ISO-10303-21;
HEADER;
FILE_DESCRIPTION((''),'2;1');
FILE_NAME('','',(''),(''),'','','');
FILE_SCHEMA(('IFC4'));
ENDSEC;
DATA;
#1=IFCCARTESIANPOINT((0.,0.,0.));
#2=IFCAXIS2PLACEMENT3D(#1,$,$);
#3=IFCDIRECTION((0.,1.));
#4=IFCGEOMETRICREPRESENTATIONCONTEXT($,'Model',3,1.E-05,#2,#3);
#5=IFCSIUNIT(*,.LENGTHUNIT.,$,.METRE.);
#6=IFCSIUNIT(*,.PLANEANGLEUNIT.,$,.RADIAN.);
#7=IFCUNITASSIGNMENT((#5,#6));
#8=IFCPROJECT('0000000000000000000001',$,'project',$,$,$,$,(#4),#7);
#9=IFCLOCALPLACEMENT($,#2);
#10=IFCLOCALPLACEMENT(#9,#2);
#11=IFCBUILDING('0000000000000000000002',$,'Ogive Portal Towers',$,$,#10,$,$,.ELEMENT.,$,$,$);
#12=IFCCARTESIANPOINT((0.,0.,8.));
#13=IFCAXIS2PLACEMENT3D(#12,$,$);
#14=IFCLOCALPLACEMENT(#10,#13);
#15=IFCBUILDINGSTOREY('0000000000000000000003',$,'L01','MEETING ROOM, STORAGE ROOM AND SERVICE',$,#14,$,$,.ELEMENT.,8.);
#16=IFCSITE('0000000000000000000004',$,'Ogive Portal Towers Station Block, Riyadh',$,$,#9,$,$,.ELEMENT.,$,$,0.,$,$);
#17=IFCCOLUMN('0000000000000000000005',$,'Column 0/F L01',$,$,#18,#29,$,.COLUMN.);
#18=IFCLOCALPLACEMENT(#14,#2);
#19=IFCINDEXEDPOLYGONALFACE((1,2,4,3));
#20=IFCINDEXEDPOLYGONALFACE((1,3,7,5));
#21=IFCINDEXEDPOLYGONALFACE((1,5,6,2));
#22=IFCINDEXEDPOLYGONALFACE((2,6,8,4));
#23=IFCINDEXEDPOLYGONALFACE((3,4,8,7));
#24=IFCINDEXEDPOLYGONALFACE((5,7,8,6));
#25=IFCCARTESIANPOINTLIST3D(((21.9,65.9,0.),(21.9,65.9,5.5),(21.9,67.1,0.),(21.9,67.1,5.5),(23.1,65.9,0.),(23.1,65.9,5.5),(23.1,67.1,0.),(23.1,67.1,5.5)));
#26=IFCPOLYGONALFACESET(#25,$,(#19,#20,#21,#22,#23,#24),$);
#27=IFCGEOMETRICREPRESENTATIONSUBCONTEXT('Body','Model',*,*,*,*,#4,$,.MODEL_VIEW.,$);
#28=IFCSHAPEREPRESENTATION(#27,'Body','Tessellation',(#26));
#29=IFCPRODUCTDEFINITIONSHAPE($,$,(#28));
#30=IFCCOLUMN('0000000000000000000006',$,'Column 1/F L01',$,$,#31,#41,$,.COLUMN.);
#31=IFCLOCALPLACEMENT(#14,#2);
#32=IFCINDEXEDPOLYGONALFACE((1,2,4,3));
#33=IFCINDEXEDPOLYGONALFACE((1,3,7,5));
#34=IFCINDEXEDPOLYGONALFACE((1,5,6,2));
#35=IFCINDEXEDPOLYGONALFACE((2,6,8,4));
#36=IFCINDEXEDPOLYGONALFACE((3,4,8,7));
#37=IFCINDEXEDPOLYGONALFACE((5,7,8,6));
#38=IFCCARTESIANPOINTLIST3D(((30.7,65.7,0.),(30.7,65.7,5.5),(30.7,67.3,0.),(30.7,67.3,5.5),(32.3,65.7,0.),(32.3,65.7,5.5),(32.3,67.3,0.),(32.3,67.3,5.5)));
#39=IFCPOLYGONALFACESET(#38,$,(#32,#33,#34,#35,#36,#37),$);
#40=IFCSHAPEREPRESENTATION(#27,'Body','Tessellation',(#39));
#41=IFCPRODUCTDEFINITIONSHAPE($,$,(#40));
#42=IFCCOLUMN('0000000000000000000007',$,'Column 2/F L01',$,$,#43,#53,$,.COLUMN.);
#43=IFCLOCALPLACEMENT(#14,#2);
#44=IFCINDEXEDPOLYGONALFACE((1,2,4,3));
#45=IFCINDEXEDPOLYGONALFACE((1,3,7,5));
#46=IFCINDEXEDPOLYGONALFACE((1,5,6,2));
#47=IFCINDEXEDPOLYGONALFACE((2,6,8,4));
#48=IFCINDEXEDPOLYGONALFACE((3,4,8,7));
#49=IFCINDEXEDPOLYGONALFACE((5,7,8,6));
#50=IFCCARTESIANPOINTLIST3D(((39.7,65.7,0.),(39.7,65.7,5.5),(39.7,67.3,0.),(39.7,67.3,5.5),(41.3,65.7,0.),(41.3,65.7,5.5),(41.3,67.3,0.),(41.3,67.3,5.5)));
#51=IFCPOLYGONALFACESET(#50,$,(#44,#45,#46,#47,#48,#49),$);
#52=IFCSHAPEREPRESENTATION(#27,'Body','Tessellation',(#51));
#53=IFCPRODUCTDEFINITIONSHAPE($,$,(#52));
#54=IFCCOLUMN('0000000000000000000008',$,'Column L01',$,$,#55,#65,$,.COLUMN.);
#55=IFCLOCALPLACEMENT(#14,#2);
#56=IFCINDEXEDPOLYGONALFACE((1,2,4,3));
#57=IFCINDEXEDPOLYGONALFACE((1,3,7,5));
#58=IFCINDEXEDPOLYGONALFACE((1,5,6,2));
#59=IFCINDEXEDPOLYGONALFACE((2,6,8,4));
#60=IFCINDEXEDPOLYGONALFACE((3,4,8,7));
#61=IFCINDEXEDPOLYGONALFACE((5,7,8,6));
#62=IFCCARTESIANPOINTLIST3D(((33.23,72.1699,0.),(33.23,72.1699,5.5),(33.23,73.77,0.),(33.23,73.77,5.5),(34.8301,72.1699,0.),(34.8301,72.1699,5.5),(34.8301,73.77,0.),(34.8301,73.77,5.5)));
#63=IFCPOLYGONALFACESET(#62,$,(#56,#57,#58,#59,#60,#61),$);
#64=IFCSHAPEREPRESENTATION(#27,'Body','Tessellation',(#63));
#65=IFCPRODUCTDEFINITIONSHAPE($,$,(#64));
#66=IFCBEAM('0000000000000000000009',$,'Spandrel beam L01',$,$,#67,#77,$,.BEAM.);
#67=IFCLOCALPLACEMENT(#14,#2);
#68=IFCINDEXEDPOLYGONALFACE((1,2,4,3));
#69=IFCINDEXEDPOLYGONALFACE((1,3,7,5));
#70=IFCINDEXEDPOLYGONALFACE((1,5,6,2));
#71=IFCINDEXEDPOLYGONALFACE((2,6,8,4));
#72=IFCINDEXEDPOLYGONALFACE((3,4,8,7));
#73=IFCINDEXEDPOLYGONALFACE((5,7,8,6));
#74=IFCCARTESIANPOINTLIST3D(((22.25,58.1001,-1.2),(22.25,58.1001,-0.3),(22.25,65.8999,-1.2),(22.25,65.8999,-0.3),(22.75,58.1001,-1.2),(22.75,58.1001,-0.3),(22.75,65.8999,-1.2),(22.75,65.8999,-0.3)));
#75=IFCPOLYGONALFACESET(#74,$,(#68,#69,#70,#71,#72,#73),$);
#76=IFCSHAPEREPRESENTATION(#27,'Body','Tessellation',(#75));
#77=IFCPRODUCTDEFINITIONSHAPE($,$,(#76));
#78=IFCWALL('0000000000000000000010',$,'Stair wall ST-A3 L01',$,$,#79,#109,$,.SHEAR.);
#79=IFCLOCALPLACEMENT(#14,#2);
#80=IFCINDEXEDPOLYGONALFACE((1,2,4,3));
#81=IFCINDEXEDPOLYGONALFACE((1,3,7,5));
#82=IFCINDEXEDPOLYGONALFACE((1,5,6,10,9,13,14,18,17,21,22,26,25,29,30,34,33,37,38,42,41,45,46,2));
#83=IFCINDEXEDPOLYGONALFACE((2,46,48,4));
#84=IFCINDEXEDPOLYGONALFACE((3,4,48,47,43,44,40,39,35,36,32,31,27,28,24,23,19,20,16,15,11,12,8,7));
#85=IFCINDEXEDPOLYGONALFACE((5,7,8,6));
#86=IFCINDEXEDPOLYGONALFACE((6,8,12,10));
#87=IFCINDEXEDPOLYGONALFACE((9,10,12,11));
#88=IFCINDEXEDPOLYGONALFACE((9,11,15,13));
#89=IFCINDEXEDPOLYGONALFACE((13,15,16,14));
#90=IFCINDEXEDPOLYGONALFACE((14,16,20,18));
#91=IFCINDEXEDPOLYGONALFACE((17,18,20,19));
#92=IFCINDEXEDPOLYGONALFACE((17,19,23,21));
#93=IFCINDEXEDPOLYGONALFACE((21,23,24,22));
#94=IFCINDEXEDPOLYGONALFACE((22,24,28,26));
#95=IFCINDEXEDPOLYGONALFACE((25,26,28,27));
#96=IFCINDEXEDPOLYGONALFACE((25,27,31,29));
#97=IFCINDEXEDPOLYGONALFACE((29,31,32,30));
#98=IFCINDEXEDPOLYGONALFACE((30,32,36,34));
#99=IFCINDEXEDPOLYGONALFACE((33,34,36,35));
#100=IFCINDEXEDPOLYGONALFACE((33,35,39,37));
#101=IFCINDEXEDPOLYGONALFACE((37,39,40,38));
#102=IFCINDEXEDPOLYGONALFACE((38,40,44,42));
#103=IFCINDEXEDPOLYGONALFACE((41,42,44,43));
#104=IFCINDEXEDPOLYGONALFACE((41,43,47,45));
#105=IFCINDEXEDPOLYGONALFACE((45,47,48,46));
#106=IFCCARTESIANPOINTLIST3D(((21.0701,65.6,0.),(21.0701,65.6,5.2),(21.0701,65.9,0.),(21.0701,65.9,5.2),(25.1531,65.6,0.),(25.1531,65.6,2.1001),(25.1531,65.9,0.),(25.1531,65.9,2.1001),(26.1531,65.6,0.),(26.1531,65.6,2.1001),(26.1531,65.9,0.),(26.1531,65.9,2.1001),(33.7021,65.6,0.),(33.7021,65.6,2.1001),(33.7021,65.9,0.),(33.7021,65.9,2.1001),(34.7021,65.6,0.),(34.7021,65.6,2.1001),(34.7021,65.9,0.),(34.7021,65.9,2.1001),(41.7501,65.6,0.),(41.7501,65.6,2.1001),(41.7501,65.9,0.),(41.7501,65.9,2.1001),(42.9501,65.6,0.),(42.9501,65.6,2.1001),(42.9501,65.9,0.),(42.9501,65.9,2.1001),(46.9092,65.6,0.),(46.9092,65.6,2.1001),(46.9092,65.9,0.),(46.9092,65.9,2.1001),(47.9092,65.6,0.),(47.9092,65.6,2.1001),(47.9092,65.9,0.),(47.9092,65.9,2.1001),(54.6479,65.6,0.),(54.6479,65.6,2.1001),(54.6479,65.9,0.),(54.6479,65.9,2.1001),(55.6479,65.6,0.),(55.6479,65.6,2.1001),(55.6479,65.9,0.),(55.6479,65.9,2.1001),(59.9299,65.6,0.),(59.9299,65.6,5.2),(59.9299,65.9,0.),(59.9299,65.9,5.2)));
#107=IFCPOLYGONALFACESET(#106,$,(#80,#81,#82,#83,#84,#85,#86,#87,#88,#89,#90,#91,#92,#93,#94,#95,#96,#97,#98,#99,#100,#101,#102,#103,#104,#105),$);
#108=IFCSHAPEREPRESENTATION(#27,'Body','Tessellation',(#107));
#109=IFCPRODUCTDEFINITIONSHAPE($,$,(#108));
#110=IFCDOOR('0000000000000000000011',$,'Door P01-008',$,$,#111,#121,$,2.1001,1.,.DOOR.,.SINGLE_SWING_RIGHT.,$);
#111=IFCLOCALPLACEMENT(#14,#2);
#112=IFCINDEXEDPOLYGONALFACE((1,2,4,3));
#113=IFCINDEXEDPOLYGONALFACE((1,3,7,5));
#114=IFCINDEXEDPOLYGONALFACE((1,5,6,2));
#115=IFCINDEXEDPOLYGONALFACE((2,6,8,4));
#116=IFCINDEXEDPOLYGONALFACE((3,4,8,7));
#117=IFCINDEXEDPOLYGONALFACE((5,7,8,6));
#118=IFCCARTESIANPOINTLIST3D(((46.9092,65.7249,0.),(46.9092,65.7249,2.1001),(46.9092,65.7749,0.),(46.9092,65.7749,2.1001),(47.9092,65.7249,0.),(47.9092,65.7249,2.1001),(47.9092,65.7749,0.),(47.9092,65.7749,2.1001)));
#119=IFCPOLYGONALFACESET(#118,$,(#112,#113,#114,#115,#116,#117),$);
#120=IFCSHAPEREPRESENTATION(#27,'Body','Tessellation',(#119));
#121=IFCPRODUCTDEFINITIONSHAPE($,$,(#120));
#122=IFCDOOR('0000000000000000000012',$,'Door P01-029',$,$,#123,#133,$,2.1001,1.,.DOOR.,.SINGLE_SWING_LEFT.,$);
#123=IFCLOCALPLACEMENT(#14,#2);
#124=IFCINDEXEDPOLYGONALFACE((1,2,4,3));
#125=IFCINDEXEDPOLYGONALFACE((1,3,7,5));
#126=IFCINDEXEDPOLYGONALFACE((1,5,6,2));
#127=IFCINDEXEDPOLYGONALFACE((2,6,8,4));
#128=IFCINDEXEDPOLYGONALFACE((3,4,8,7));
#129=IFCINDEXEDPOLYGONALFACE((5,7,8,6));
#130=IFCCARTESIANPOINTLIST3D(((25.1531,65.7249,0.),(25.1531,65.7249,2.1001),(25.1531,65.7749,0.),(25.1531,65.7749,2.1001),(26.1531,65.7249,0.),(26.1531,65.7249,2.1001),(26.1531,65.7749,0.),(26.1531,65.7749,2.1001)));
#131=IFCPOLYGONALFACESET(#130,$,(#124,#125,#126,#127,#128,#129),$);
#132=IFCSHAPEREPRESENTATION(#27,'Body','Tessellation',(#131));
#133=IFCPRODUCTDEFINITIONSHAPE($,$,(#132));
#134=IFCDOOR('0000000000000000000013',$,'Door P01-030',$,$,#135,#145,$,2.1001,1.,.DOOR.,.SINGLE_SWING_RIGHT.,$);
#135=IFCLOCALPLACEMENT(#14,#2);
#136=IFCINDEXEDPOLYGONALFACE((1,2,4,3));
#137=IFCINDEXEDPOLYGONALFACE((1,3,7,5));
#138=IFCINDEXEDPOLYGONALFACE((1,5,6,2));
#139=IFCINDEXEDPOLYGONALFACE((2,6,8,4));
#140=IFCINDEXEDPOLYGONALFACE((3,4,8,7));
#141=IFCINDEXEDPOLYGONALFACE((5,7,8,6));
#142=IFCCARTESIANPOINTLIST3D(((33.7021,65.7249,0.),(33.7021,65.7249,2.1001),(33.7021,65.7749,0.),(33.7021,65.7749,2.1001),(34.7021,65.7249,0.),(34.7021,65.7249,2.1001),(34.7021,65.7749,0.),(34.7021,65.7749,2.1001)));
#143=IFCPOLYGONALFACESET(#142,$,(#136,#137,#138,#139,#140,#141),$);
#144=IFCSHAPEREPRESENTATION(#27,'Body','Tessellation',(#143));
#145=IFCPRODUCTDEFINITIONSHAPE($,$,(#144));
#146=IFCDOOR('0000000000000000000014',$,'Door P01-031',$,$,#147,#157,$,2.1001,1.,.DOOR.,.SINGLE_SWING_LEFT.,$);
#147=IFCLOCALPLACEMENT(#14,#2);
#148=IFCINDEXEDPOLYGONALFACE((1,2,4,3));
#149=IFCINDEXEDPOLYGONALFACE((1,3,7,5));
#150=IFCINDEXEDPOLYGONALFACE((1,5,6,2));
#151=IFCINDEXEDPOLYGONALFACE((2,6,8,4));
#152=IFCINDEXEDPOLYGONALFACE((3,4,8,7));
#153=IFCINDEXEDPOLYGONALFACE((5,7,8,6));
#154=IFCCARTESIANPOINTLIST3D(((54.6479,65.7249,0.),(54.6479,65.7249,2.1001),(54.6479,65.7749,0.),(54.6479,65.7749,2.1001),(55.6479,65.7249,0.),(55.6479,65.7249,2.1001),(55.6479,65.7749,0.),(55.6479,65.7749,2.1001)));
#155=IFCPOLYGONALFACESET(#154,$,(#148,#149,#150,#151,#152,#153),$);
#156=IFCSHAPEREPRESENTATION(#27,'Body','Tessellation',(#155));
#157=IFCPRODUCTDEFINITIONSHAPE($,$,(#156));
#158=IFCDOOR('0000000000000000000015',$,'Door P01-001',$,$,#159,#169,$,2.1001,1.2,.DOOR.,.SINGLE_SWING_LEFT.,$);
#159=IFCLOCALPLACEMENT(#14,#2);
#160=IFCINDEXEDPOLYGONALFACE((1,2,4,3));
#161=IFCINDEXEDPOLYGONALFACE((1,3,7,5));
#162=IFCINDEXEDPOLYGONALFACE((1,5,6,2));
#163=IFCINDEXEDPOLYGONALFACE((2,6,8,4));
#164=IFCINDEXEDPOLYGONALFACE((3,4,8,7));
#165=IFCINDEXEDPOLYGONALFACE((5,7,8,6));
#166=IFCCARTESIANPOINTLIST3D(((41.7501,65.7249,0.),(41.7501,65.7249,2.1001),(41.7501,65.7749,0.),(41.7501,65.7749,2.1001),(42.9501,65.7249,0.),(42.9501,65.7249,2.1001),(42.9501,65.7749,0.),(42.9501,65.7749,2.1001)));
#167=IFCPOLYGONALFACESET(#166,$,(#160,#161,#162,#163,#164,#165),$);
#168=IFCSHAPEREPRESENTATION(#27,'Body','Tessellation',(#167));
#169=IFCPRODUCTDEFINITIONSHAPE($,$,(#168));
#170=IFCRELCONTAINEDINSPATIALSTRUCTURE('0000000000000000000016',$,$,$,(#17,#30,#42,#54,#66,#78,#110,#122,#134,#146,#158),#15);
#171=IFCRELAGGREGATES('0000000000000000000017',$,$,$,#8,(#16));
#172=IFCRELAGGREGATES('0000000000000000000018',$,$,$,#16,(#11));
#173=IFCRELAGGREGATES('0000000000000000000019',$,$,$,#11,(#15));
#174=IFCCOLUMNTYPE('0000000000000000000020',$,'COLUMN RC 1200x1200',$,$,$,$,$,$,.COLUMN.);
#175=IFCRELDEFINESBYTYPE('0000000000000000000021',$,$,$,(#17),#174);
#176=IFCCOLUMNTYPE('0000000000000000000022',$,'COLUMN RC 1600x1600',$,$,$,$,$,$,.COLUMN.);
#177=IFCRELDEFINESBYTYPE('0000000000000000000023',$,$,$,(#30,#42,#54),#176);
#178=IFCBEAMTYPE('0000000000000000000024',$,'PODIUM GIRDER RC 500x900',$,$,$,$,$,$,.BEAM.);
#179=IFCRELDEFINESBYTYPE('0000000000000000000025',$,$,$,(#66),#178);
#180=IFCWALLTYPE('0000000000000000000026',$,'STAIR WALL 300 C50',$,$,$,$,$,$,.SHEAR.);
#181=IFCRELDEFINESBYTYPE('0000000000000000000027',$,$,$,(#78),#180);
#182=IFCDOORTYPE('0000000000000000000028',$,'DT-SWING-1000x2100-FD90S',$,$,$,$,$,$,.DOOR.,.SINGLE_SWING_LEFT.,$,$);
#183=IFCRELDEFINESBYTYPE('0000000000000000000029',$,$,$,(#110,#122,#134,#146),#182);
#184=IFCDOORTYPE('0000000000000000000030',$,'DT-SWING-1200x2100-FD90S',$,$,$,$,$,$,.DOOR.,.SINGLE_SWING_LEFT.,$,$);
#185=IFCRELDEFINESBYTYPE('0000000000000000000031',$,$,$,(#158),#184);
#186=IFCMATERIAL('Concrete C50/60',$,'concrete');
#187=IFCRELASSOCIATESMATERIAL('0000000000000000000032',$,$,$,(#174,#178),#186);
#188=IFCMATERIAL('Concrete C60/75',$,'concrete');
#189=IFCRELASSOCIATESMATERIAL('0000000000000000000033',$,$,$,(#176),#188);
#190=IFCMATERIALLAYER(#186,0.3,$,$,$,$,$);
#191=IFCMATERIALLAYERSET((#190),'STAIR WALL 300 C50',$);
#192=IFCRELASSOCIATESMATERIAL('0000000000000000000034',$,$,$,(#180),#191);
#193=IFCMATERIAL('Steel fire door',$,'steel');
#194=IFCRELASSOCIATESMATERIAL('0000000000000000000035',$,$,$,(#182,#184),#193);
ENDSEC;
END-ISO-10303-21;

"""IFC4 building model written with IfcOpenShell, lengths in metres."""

from ifc_helpers import new_model, si_unit, direction, frame, frame_2d, origin, origin_2d, place, context, subcontext, project, spatial, rectangle, extrude, material, layer, layer_set, material_profile, profile_set, type_object, element, fill, save


model = new_model("IFC4")

# Units and contexts
model_context = context("Model", 3, precision=1e-05, world=origin(), true_north=direction((0.0, 1.0)))
body_context = subcontext(model_context, "Body", "Model", "MODEL_VIEW")
ifc_project = project(units=[si_unit("LENGTHUNIT", "METRE"), si_unit("PLANEANGLEUNIT", "RADIAN")], contexts=[model_context])

# Site, building, storey
site_placement = place(None, origin())
site = spatial("IfcSite", under=ifc_project, at=site_placement, Name="Ogive Portal Towers Station Block, Riyadh", CompositionType="ELEMENT", RefElevation=0.0)
building_placement = place(site_placement, origin())
building = spatial("IfcBuilding", under=site, at=building_placement, Name="Ogive Portal Towers", CompositionType="ELEMENT")
storey_placement = place(building_placement, frame((0.0, 0.0, 8.0)))
storey = spatial("IfcBuildingStorey", under=building, at=storey_placement, Name="L01", Description="MEETING ROOM, STORAGE ROOM AND SERVICE", CompositionType="ELEMENT", Elevation=8.0)

# Columns
ifc_material_1 = material(Name="Concrete C50/60", Category="concrete")
ifc_material_profile_1 = material_profile(ifc_material_1, rectangle(XDim=1.2, YDim=1.2, at=origin_2d()), Name="RC 1200x1200")
ifc_profile_set_1 = profile_set([ifc_material_profile_1], Name="Concrete C50/60")
column_type_1 = type_object("IfcColumnType", Name="COLUMN RC 1200x1200", PredefinedType="COLUMN", material=ifc_profile_set_1)
column_placement = place(storey_placement, frame((22.5, 66.5, 0.0), z_axis=(0.0, 0.0, 1.0), x_axis=(1.0, 0.0, 0.0)))
element("IfcColumn", 1, at=column_placement, inside=storey, type_object=column_type_1, Name="Column 0/F L01", PredefinedType="COLUMN", context=body_context, shape_type="SweptSolid", body=[
    extrude(rectangle(XDim=1.2, YDim=1.2, at=origin_2d()), origin(), (0.0, 0.0, 1.0), 5.5),
])
ifc_material_2 = material(Name="Concrete C60/75", Category="concrete")
ifc_material_profile_2 = material_profile(ifc_material_2, rectangle(XDim=1.6001, YDim=1.6001, at=origin_2d()), Name="RC 1600x1600")
ifc_profile_set_2 = profile_set([ifc_material_profile_2], Name="Concrete C60/75")
column_type_2 = type_object("IfcColumnType", Name="COLUMN RC 1600x1600", PredefinedType="COLUMN", material=ifc_profile_set_2)
for number, where, z_axis, x_axis, name in (
    (2, (31.5, 66.5, 0.0), (0.0, 0.0, 1.0), (1.0, 0.0, 0.0), "Column 1/F L01"),
    (3, (40.5, 66.5, 0.0), (0.0, 0.0, 1.0), (1.0, 0.0, 0.0), "Column 2/F L01"),
    (4, (34.03, 72.97, 0.0), (0.0, 0.0, 1.0), (1.0, 0.0, 0.0), "Column L01"),
):
    element("IfcColumn", number, at=place(storey_placement, frame(where, z_axis=z_axis, x_axis=x_axis)), inside=storey, type_object=column_type_2, Name=name, PredefinedType="COLUMN", context=body_context, shape_type="SweptSolid", body=[
        extrude(rectangle(XDim=1.6001, YDim=1.6001, at=origin_2d()), origin(), (0.0, 0.0, 1.0), 5.5),
    ])

# Beam
ifc_material_profile_3 = material_profile(ifc_material_1, rectangle(XDim=0.5, YDim=0.8999, at=origin_2d()), Name="RC 500x900")
ifc_profile_set_3 = profile_set([ifc_material_profile_3], Name="Concrete C50/60")
beam_type = type_object("IfcBeamType", Name="PODIUM GIRDER RC 500x900", PredefinedType="BEAM", material=ifc_profile_set_3)
beam_placement = place(storey_placement, frame((22.5, 65.8999, -0.75), z_axis=(0.0, -1.0, 0.0), x_axis=(1.0, 0.0, 0.0)))
element("IfcBeam", 5, at=beam_placement, inside=storey, type_object=beam_type, Name="Spandrel beam L01", PredefinedType="BEAM", context=body_context, shape_type="SweptSolid", body=[
    extrude(rectangle(XDim=0.5, YDim=0.8999, at=origin_2d()), origin(), (0.0, 0.0, 1.0), 7.7998),
])

# Wall, openings, doors
ifc_layer_1 = layer(ifc_material_1, 0.3)
ifc_layer_set_1 = layer_set([ifc_layer_1], Name="STAIR WALL 300 C50")
wall_type_1 = type_object("IfcWallType", Name="STAIR WALL 300 C50", PredefinedType="SHEAR", material=ifc_layer_set_1)
wall_1_placement = place(storey_placement, frame((21.0701, 65.75, 0.0), z_axis=(0.0, 0.0, 1.0), x_axis=(1.0, 0.0, 0.0)))
wall_1 = element("IfcWall", 6, at=wall_1_placement, inside=storey, type_object=wall_type_1, Name="Stair wall ST-A3 L01", PredefinedType="SHEAR", context=body_context, shape_type="SweptSolid", body=[
    extrude(rectangle(XDim=38.8599, YDim=0.3, at=frame_2d((19.4299, 0.0))), origin(), (0.0, 0.0, 1.0), 5.2),
])
opening_1_placement = place(wall_1_placement, frame((20.6799, 0.0, 0.0)))
opening_1 = element("IfcOpeningElement", 7, at=opening_1_placement, cuts=wall_1, PredefinedType="OPENING", context=body_context, shape_type="SweptSolid", body=[
    extrude(rectangle(XDim=1.2, YDim=2.1001, at=frame_2d((0.6001, 1.05))), frame((0.0, 0.1602, 0.0), z_axis=(0.0, -1.0, 0.0), x_axis=(1.0, 0.0, 0.0)), (0.0, 0.0, 1.0), 0.3201),
])
opening_2_placement = place(wall_1_placement, frame((25.8391, 0.0, 0.0)))
opening_2 = element("IfcOpeningElement", 8, at=opening_2_placement, cuts=wall_1, PredefinedType="OPENING", context=body_context, shape_type="SweptSolid", body=[
    extrude(rectangle(XDim=1.0, YDim=2.1001, at=frame_2d((0.5, 1.05))), frame((0.0, 0.1602, 0.0), z_axis=(0.0, -1.0, 0.0), x_axis=(1.0, 0.0, 0.0)), (0.0, 0.0, 1.0), 0.3201),
])
opening_3_placement = place(wall_1_placement, frame((4.083, 0.0, 0.0)))
opening_3 = element("IfcOpeningElement", 9, at=opening_3_placement, cuts=wall_1, PredefinedType="OPENING", context=body_context, shape_type="SweptSolid", body=[
    extrude(rectangle(XDim=1.0, YDim=2.1001, at=frame_2d((0.5, 1.05))), frame((0.0, 0.1602, 0.0), z_axis=(0.0, -1.0, 0.0), x_axis=(1.0, 0.0, 0.0)), (0.0, 0.0, 1.0), 0.3201),
])
opening_4_placement = place(wall_1_placement, frame((12.6321, 0.0, 0.0)))
opening_4 = element("IfcOpeningElement", 10, at=opening_4_placement, cuts=wall_1, PredefinedType="OPENING", context=body_context, shape_type="SweptSolid", body=[
    extrude(rectangle(XDim=1.0, YDim=2.1001, at=frame_2d((0.5, 1.05))), frame((0.0, 0.1602, 0.0), z_axis=(0.0, -1.0, 0.0), x_axis=(1.0, 0.0, 0.0)), (0.0, 0.0, 1.0), 0.3201),
])
opening_5_placement = place(wall_1_placement, frame((33.5779, 0.0, 0.0)))
opening_5 = element("IfcOpeningElement", 11, at=opening_5_placement, cuts=wall_1, PredefinedType="OPENING", context=body_context, shape_type="SweptSolid", body=[
    extrude(rectangle(XDim=1.0, YDim=2.1001, at=frame_2d((0.5, 1.05))), frame((0.0, 0.1602, 0.0), z_axis=(0.0, -1.0, 0.0), x_axis=(1.0, 0.0, 0.0)), (0.0, 0.0, 1.0), 0.3201),
])
ifc_material_3 = material(Name="Steel fire door", Category="steel")
door_type_1 = type_object("IfcDoorType", Name="DT-SWING-1000x2100-FD90S", OperationType="SINGLE_SWING_LEFT", PredefinedType="DOOR", material=ifc_material_3)
door_1_placement = place(opening_2_placement, origin())
door_1 = element("IfcDoor", 12, at=door_1_placement, inside=storey, type_object=door_type_1, Name="Door P01-008", OperationType="SINGLE_SWING_RIGHT", OverallHeight=2.1001, OverallWidth=1.0, PredefinedType="DOOR", context=body_context, shape_type="SweptSolid", body=[
    extrude(rectangle(XDim=1.0, YDim=2.1001, at=frame_2d((0.5, 1.05))), frame((0.0, 0.0249, 0.0), z_axis=(0.0, -1.0, 0.0), x_axis=(1.0, 0.0, 0.0)), (0.0, 0.0, 1.0), 0.05),
])
fill(opening_2, door_1)
door_2_placement = place(opening_3_placement, origin())
door_2 = element("IfcDoor", 13, at=door_2_placement, inside=storey, type_object=door_type_1, Name="Door P01-029", OperationType="SINGLE_SWING_LEFT", OverallHeight=2.1001, OverallWidth=1.0, PredefinedType="DOOR", context=body_context, shape_type="SweptSolid", body=[
    extrude(rectangle(XDim=1.0, YDim=2.1001, at=frame_2d((0.5, 1.05))), frame((0.0, 0.0249, 0.0), z_axis=(0.0, -1.0, 0.0), x_axis=(1.0, 0.0, 0.0)), (0.0, 0.0, 1.0), 0.05),
])
fill(opening_3, door_2)
door_3_placement = place(opening_4_placement, origin())
door_3 = element("IfcDoor", 14, at=door_3_placement, inside=storey, type_object=door_type_1, Name="Door P01-030", OperationType="SINGLE_SWING_RIGHT", OverallHeight=2.1001, OverallWidth=1.0, PredefinedType="DOOR", context=body_context, shape_type="SweptSolid", body=[
    extrude(rectangle(XDim=1.0, YDim=2.1001, at=frame_2d((0.5, 1.05))), frame((0.0, 0.0249, 0.0), z_axis=(0.0, -1.0, 0.0), x_axis=(1.0, 0.0, 0.0)), (0.0, 0.0, 1.0), 0.05),
])
fill(opening_4, door_3)
door_4_placement = place(opening_5_placement, origin())
door_4 = element("IfcDoor", 15, at=door_4_placement, inside=storey, type_object=door_type_1, Name="Door P01-031", OperationType="SINGLE_SWING_LEFT", OverallHeight=2.1001, OverallWidth=1.0, PredefinedType="DOOR", context=body_context, shape_type="SweptSolid", body=[
    extrude(rectangle(XDim=1.0, YDim=2.1001, at=frame_2d((0.5, 1.05))), frame((0.0, 0.0249, 0.0), z_axis=(0.0, -1.0, 0.0), x_axis=(1.0, 0.0, 0.0)), (0.0, 0.0, 1.0), 0.05),
])
fill(opening_5, door_4)
door_type_2 = type_object("IfcDoorType", Name="DT-SWING-1200x2100-FD90S", OperationType="SINGLE_SWING_LEFT", PredefinedType="DOOR", material=ifc_material_3)
door_5_placement = place(opening_1_placement, origin())
door_5 = element("IfcDoor", 16, at=door_5_placement, inside=storey, type_object=door_type_2, Name="Door P01-001", OperationType="SINGLE_SWING_LEFT", OverallHeight=2.1001, OverallWidth=1.2, PredefinedType="DOOR", context=body_context, shape_type="SweptSolid", body=[
    extrude(rectangle(XDim=1.2, YDim=2.1001, at=frame_2d((0.6001, 1.05))), frame((0.0, 0.0249, 0.0), z_axis=(0.0, -1.0, 0.0), x_axis=(1.0, 0.0, 0.0)), (0.0, 0.0, 1.0), 0.05),
])
fill(opening_1, door_5)

save(model, "model.ifc")
